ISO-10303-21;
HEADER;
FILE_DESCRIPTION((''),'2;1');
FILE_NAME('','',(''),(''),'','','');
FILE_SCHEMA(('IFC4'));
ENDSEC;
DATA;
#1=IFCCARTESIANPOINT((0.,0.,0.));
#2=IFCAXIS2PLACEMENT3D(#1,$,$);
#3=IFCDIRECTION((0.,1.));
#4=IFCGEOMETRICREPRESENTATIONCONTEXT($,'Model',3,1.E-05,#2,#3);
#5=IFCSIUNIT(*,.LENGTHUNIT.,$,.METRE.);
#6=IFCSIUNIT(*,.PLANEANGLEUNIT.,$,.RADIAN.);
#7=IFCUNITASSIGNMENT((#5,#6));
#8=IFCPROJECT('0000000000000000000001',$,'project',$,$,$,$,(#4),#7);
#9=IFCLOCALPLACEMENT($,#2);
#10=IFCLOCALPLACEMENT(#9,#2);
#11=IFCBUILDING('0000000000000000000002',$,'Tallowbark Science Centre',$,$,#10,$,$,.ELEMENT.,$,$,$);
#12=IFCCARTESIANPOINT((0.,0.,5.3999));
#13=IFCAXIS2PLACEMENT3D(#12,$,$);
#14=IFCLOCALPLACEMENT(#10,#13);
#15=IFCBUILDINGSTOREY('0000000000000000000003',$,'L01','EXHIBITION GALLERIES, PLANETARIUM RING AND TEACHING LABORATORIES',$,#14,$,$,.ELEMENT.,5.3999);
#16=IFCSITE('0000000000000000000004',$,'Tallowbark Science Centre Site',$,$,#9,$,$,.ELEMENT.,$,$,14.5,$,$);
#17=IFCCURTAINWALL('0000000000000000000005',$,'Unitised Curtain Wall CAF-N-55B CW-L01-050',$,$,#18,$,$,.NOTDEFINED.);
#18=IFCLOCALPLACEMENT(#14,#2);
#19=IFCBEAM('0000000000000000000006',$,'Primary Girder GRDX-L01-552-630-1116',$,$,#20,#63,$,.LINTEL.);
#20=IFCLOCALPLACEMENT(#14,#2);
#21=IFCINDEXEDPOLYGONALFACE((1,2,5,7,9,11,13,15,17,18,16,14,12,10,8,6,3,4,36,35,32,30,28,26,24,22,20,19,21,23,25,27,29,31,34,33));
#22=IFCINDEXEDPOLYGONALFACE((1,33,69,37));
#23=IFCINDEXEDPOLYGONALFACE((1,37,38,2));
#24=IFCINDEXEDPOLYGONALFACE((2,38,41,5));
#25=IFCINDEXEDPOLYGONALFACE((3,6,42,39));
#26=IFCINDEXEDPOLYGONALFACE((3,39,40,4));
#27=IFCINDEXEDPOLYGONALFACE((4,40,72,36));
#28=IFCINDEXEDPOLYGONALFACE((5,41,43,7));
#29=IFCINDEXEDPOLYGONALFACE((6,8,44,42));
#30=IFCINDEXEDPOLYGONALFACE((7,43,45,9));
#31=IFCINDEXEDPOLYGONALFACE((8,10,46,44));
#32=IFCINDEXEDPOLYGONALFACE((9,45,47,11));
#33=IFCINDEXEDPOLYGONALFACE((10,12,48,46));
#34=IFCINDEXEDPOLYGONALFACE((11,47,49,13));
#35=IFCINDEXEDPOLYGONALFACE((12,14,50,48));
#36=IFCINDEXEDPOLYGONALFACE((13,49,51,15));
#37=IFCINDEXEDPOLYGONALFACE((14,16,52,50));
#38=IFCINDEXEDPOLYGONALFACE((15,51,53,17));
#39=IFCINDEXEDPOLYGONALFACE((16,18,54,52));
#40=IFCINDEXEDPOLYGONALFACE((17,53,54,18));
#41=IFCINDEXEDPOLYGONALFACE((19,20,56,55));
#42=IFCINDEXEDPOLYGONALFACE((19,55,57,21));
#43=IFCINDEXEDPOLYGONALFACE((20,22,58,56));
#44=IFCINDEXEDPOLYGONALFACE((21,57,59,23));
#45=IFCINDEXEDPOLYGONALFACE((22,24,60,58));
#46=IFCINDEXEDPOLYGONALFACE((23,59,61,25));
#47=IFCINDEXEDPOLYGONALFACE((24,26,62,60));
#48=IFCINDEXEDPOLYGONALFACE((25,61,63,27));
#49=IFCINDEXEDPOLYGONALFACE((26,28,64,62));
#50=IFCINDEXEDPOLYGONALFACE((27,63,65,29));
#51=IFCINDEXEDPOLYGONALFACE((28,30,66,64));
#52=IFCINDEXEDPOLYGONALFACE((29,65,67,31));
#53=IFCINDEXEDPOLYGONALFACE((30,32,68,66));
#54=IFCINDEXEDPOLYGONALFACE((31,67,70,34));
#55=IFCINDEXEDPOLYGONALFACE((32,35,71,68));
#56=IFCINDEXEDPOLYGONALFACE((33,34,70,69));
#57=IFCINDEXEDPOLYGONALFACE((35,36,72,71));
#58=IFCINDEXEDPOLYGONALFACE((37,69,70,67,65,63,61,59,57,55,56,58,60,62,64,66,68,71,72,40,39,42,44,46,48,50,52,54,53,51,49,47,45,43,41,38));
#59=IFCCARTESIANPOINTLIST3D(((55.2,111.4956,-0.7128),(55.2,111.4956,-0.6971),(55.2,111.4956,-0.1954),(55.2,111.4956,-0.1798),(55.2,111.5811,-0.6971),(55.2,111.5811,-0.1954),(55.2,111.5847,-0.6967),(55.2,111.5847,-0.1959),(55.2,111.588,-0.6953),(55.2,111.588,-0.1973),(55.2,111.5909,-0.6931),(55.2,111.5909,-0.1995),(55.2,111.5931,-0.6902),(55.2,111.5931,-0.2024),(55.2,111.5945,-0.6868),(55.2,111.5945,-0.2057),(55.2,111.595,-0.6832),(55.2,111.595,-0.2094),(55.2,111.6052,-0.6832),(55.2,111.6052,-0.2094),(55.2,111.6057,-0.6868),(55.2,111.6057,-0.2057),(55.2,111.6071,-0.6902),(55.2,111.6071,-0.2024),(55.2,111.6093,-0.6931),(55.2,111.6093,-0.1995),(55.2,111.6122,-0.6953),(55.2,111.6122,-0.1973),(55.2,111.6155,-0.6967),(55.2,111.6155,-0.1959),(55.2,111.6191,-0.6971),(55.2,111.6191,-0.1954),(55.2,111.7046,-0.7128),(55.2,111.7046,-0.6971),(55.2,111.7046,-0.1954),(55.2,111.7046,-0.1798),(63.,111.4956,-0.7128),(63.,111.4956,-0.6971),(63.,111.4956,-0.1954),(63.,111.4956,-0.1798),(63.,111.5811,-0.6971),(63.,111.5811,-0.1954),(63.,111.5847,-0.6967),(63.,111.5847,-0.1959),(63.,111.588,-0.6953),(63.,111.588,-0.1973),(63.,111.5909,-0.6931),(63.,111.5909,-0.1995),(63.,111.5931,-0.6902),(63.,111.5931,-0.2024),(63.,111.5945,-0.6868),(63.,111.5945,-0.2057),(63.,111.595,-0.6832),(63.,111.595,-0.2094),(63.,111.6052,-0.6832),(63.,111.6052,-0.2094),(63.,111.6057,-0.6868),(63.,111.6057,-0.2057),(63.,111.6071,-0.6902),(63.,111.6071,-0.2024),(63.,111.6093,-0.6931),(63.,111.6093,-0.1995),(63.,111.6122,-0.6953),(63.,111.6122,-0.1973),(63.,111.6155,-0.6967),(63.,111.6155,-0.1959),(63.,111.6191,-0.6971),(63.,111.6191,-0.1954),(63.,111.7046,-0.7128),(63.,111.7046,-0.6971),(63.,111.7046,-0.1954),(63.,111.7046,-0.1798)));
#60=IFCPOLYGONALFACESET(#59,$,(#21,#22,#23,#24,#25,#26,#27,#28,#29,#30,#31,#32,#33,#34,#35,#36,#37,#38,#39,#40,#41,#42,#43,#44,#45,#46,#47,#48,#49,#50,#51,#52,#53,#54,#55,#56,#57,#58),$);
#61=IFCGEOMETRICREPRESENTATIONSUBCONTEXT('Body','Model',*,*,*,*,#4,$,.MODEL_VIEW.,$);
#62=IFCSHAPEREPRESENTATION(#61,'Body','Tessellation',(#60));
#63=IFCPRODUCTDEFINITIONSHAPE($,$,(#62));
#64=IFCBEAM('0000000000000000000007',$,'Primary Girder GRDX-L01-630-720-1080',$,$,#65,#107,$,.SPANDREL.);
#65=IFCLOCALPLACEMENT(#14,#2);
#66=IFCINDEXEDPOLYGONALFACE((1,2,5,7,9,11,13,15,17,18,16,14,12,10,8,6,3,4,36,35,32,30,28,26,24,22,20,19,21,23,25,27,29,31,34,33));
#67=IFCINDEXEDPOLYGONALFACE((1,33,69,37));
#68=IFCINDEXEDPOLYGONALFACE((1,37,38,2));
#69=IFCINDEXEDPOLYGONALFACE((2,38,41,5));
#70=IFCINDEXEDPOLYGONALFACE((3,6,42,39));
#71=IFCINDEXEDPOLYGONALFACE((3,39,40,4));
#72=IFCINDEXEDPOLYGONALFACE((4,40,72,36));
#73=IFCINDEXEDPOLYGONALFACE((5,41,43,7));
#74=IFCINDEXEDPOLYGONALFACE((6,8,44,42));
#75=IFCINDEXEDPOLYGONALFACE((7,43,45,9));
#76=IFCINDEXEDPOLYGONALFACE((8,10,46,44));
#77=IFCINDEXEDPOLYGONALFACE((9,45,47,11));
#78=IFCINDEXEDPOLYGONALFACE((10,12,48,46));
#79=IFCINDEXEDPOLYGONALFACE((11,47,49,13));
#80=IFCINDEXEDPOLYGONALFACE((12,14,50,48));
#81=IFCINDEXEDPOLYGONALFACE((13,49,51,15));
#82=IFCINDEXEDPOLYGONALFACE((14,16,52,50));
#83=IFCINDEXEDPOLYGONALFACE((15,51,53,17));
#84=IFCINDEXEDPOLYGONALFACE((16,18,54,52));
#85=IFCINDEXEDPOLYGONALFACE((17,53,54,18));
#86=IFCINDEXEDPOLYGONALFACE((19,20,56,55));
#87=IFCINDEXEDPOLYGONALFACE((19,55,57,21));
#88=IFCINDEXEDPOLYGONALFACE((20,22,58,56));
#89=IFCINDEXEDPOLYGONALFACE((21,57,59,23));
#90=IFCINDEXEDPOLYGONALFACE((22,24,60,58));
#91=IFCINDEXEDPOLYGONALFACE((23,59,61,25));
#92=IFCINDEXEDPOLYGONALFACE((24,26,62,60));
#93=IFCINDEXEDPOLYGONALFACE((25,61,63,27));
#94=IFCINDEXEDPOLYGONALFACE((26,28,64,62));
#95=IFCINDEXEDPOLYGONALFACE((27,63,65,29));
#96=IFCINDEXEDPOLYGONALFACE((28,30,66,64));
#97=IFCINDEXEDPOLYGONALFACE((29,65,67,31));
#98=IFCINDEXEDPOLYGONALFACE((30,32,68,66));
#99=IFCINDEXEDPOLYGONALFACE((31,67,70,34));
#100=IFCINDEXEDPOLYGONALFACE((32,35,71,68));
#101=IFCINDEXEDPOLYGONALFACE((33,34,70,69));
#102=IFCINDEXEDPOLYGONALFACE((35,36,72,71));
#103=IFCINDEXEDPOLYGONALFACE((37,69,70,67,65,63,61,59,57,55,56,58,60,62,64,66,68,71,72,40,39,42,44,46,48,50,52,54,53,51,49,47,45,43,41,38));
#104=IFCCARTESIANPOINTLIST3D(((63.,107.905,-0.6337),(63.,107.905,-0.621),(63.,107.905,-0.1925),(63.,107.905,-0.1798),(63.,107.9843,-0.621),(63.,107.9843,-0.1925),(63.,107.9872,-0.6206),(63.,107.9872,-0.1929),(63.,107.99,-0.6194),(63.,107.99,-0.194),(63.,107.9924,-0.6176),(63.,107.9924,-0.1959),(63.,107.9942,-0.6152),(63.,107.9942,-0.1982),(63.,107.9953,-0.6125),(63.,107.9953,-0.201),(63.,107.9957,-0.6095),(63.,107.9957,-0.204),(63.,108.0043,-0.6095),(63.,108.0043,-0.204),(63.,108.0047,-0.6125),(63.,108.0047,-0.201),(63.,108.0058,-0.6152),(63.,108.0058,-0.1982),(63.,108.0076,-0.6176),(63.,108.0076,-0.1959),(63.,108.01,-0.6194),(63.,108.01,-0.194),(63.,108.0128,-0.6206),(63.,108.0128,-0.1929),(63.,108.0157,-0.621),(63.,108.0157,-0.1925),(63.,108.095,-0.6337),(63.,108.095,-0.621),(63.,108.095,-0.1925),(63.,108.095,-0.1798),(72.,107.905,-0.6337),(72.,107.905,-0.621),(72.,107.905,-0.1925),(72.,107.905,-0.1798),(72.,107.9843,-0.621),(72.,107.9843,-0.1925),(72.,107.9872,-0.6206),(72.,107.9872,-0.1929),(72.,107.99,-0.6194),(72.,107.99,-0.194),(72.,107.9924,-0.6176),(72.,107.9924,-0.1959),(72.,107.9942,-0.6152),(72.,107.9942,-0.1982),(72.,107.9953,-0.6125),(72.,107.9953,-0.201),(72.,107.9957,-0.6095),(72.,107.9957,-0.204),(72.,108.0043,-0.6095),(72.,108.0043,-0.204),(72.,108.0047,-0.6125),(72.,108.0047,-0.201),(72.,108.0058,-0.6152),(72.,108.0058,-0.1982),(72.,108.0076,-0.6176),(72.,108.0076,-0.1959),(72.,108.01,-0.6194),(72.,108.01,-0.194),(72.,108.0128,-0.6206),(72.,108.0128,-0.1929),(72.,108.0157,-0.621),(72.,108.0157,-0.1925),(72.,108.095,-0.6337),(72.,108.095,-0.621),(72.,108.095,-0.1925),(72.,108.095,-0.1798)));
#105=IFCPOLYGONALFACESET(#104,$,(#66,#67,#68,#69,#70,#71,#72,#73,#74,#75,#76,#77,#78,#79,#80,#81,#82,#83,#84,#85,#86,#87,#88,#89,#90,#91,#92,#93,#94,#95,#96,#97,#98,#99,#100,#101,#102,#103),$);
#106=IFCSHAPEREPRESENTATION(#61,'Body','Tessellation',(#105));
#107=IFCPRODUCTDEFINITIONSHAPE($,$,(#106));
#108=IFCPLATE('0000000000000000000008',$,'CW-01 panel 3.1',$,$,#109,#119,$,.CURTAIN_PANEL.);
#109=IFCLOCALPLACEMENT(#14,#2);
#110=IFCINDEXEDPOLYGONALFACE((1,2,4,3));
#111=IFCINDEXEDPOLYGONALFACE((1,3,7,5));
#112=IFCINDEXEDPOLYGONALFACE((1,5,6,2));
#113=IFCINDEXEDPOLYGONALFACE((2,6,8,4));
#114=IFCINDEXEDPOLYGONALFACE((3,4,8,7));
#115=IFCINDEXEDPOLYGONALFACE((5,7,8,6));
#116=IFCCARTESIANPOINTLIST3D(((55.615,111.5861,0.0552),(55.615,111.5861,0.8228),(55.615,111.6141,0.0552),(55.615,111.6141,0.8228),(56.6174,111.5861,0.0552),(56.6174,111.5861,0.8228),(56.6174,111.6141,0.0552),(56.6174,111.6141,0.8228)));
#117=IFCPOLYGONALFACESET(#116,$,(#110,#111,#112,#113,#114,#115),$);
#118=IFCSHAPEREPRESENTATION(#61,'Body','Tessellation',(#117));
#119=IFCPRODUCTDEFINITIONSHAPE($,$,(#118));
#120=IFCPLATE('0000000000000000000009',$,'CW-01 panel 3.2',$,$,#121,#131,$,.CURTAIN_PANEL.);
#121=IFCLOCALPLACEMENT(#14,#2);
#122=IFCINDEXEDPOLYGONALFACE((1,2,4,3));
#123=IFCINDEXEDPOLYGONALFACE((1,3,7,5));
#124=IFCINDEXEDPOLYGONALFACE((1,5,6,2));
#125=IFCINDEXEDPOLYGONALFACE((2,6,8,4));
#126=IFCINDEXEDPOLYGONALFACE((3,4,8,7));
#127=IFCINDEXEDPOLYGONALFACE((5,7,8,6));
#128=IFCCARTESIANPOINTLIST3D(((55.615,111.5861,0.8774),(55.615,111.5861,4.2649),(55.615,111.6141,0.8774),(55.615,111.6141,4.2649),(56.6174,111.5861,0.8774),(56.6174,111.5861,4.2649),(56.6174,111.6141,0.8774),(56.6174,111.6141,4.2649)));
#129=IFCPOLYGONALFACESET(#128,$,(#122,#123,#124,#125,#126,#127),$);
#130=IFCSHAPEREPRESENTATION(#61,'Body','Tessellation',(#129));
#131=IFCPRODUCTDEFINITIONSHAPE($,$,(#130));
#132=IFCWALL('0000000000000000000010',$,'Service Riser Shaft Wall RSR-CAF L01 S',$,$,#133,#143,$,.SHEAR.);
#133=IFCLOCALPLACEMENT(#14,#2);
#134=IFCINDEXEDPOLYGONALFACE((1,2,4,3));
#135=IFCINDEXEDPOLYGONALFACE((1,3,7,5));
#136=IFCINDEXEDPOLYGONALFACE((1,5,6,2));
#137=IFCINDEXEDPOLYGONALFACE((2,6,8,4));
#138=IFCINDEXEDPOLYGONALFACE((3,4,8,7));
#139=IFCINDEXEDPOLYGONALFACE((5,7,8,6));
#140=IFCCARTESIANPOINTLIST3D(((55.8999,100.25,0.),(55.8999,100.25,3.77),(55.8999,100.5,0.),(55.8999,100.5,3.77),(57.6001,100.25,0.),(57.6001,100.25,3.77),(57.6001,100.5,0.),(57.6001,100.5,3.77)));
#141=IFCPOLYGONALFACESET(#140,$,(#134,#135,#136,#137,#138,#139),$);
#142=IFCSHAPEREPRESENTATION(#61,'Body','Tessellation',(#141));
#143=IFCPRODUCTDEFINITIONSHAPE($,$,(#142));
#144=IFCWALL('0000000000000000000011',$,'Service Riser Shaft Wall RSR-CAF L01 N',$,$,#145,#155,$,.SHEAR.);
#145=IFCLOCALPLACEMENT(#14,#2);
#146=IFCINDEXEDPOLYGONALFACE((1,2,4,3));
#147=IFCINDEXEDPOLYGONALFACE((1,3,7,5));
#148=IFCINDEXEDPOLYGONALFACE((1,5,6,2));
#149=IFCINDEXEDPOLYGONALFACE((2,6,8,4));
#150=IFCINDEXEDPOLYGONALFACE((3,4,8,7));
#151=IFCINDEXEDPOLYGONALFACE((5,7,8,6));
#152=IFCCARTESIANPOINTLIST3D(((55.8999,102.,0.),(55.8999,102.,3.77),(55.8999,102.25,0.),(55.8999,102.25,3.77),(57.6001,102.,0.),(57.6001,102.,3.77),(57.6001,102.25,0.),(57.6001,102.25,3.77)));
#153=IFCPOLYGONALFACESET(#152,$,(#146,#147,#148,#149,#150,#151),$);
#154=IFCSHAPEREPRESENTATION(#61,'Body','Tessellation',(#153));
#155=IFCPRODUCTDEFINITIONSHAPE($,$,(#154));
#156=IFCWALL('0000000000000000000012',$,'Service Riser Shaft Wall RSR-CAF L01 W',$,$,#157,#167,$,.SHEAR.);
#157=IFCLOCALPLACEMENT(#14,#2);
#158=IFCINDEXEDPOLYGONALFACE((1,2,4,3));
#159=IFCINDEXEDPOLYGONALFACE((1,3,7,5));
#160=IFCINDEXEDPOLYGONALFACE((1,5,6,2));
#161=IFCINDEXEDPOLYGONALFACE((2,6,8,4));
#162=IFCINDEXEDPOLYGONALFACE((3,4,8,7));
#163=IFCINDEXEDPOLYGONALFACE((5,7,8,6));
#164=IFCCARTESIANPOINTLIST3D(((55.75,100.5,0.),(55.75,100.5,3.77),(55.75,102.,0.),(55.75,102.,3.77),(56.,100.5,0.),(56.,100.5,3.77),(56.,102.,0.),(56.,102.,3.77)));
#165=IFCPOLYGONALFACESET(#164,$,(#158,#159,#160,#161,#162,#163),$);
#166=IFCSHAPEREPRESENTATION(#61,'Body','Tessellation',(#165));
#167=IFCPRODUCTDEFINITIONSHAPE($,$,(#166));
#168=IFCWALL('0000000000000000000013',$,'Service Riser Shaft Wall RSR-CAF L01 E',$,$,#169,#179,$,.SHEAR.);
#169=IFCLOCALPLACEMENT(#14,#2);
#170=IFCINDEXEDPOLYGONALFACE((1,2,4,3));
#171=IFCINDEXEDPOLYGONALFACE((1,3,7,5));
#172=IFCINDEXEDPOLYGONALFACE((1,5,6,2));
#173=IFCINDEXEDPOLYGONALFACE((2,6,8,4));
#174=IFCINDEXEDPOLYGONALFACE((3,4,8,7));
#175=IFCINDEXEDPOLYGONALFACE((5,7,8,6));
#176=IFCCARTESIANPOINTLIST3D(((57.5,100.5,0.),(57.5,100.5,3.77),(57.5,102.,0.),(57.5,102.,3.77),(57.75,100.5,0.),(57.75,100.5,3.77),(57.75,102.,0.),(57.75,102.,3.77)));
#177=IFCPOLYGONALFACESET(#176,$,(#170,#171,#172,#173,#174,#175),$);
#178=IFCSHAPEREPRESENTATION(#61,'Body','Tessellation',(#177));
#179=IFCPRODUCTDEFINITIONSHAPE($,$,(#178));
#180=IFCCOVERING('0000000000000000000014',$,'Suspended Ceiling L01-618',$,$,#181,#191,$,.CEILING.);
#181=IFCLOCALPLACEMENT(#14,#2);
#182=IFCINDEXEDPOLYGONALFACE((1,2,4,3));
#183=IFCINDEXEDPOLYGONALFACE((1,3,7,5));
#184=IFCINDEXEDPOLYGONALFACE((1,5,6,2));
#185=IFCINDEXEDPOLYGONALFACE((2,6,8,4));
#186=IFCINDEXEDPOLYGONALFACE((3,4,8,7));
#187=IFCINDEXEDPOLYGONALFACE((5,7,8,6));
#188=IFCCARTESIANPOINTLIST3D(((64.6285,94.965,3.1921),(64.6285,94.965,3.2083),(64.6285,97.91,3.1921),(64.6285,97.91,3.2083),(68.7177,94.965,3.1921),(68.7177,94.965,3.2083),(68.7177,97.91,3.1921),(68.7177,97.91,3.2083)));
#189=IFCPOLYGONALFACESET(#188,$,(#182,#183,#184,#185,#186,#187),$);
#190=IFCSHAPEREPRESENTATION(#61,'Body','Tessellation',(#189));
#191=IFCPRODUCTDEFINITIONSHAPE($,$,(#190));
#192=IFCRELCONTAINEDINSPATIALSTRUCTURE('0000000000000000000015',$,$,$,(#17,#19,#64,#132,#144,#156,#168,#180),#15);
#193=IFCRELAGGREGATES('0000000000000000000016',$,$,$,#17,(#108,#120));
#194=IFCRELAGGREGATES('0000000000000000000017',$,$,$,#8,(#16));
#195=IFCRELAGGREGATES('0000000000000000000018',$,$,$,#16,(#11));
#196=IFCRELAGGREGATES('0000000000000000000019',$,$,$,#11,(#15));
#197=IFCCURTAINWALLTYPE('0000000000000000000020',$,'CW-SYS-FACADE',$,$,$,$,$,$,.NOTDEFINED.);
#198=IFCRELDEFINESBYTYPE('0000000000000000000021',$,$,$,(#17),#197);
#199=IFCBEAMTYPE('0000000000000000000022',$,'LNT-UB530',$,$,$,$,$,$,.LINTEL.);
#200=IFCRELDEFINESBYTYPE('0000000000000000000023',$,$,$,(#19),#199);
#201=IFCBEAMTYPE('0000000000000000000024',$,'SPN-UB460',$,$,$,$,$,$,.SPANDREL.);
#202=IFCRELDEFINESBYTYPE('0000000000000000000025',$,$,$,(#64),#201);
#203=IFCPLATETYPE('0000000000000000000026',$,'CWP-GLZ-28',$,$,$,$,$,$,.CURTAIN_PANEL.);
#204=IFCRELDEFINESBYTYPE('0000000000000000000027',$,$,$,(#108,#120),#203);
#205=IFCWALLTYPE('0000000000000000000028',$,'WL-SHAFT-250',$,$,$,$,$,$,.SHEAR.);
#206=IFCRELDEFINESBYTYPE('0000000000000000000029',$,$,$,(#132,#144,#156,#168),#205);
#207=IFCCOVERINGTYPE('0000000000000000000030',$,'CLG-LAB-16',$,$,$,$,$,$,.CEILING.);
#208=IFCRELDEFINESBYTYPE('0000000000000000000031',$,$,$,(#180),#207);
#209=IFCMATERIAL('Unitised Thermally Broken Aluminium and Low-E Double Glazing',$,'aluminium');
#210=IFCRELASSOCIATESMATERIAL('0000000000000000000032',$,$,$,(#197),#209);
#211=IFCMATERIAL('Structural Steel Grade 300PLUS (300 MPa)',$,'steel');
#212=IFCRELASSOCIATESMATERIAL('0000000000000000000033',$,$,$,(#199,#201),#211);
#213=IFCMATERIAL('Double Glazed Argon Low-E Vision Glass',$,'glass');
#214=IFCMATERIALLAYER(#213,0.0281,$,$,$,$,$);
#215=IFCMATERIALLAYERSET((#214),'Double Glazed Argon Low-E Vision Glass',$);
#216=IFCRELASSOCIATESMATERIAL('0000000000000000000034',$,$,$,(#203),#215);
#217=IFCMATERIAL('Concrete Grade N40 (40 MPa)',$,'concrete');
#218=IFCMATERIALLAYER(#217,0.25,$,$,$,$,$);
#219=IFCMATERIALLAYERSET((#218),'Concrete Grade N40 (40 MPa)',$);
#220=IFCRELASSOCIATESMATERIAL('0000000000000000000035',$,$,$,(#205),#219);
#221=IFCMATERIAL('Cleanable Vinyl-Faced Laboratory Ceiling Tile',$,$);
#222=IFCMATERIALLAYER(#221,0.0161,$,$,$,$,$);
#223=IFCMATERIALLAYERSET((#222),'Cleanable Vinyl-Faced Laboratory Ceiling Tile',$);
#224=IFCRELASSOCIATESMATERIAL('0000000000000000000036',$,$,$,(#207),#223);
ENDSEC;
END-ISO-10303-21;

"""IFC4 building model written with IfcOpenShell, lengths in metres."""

from ifc_helpers import new_model, si_unit, direction, frame, frame_2d, origin, origin_2d, place, context, subcontext, project, spatial, rectangle, i_section, extrude, material, layer, layer_set, material_profile, profile_set, type_object, element, aggregate, save


model = new_model("IFC4")

# Units and contexts
model_context = context("Model", 3, precision=1e-05, world=origin(), true_north=direction((0.0, 1.0)))
body_context = subcontext(model_context, "Body", "Model", "MODEL_VIEW")
ifc_project = project(units=[si_unit("LENGTHUNIT", "METRE"), si_unit("PLANEANGLEUNIT", "RADIAN")], contexts=[model_context])

# Site, building, storey
site_placement = place(None, origin())
site = spatial("IfcSite", under=ifc_project, at=site_placement, Name="Tallowbark Science Centre Site", CompositionType="ELEMENT", RefElevation=14.5)
building_placement = place(site_placement, origin())
building = spatial("IfcBuilding", under=site, at=building_placement, Name="Tallowbark Science Centre", CompositionType="ELEMENT")
storey_placement = place(building_placement, frame((0.0, 0.0, 5.3999)))
storey = spatial("IfcBuildingStorey", under=building, at=storey_placement, Name="L01", Description="EXHIBITION GALLERIES, PLANETARIUM RING AND TEACHING LABORATORIES", CompositionType="ELEMENT", Elevation=5.3999)

# Shared definitions
ifc_material_1 = material(Name="Structural Steel Grade 300PLUS (300 MPa)", Category="steel")

# Curtain wall
ifc_material_2 = material(Name="Unitised Thermally Broken Aluminium and Low-E Double Glazing", Category="aluminium")
curtain_wall_type = type_object("IfcCurtainWallType", Name="CW-SYS-FACADE", PredefinedType="NOTDEFINED", material=ifc_material_2)
curtain_wall_placement = place(storey_placement, origin())
curtain_wall = element("IfcCurtainWall", 1, at=curtain_wall_placement, inside=storey, type_object=curtain_wall_type, Name="Unitised Curtain Wall CAF-N-55B CW-L01-050", PredefinedType="NOTDEFINED")

# Beams
ifc_material_profile_1 = material_profile(ifc_material_1, i_section(OverallWidth=0.209, OverallDepth=0.533, WebThickness=0.0103, FlangeThickness=0.0156, FilletRadius=0.0139, at=origin_2d()), Name="530UB92.4")
ifc_profile_set_1 = profile_set([ifc_material_profile_1], Name="Structural Steel Grade 300PLUS (300 MPa)")
beam_type_1 = type_object("IfcBeamType", Name="LNT-UB530", PredefinedType="LINTEL", material=ifc_profile_set_1)
beam_1_placement = place(storey_placement, frame((55.2, 111.6001, -0.4463), z_axis=(1.0, 0.0, 0.0), x_axis=(0.0, 1.0, 0.0)))
element("IfcBeam", 2, at=beam_1_placement, inside=storey, type_object=beam_type_1, Name="Primary Girder GRDX-L01-552-630-1116", PredefinedType="LINTEL", context=body_context, shape_type="SweptSolid", body=[
    extrude(i_section(OverallWidth=0.209, OverallDepth=0.533, WebThickness=0.0103, FlangeThickness=0.0156, FilletRadius=0.0139, at=origin_2d()), origin(), (0.0, 0.0, 1.0), 7.8),
])
ifc_material_profile_2 = material_profile(ifc_material_1, i_section(OverallWidth=0.1899, OverallDepth=0.4539, WebThickness=0.0085, FlangeThickness=0.0127, FilletRadius=0.0115, at=origin_2d()), Name="460UB67.1")
ifc_profile_set_2 = profile_set([ifc_material_profile_2], Name="Structural Steel Grade 300PLUS (300 MPa)")
beam_type_2 = type_object("IfcBeamType", Name="SPN-UB460", PredefinedType="SPANDREL", material=ifc_profile_set_2)
beam_2_placement = place(storey_placement, frame((63.0, 108.0, -0.4067), z_axis=(1.0, 0.0, 0.0), x_axis=(0.0, 1.0, 0.0)))
element("IfcBeam", 3, at=beam_2_placement, inside=storey, type_object=beam_type_2, Name="Primary Girder GRDX-L01-630-720-1080", PredefinedType="SPANDREL", context=body_context, shape_type="SweptSolid", body=[
    extrude(i_section(OverallWidth=0.1899, OverallDepth=0.4539, WebThickness=0.0085, FlangeThickness=0.0127, FilletRadius=0.0115, at=origin_2d()), origin(), (0.0, 0.0, 1.0), 9.0),
])

# Plates
ifc_material_3 = material(Name="Double Glazed Argon Low-E Vision Glass", Category="glass")
ifc_layer_1 = layer(ifc_material_3, 0.0281)
ifc_layer_set_1 = layer_set([ifc_layer_1], Name="Double Glazed Argon Low-E Vision Glass")
plate_type = type_object("IfcPlateType", Name="CWP-GLZ-28", PredefinedType="CURTAIN_PANEL", material=ifc_layer_set_1)
plate_1_placement = place(storey_placement, frame((56.1162, 111.6001, 0.0552), z_axis=(0.0, 0.0, 1.0), x_axis=(-1.0, 0.0, 0.0)))
plate_1 = element("IfcPlate", 4, at=plate_1_placement, type_object=plate_type, Name="CW-01 panel 3.1", PredefinedType="CURTAIN_PANEL", context=body_context, shape_type="SweptSolid", body=[
    extrude(rectangle(XDim=1.0024, YDim=0.0281, at=origin_2d()), origin(), (0.0, 0.0, 1.0), 0.7676),
])
plate_2_placement = place(storey_placement, frame((56.1162, 111.6001, 0.8774), z_axis=(0.0, 0.0, 1.0), x_axis=(-1.0, 0.0, 0.0)))
plate_2 = element("IfcPlate", 5, at=plate_2_placement, type_object=plate_type, Name="CW-01 panel 3.2", PredefinedType="CURTAIN_PANEL", context=body_context, shape_type="SweptSolid", body=[
    extrude(rectangle(XDim=1.0024, YDim=0.0281, at=origin_2d()), origin(), (0.0, 0.0, 1.0), 3.3875),
])
aggregate(curtain_wall, [plate_1, plate_2])

# Walls
ifc_material_4 = material(Name="Concrete Grade N40 (40 MPa)", Category="concrete")
ifc_layer_2 = layer(ifc_material_4, 0.25)
ifc_layer_set_2 = layer_set([ifc_layer_2], Name="Concrete Grade N40 (40 MPa)")
wall_type = type_object("IfcWallType", Name="WL-SHAFT-250", PredefinedType="SHEAR", material=ifc_layer_set_2)
for number, where, z_axis, x_axis, name in (
    (6, (55.8999, 100.375, 0.0), (0.0, 0.0, 1.0), (1.0, 0.0, 0.0), "Service Riser Shaft Wall RSR-CAF L01 S"),
    (7, (55.8999, 102.125, 0.0), (0.0, 0.0, 1.0), (1.0, 0.0, 0.0), "Service Riser Shaft Wall RSR-CAF L01 N"),
):
    element("IfcWall", number, at=place(storey_placement, frame(where, z_axis=z_axis, x_axis=x_axis)), inside=storey, type_object=wall_type, Name=name, PredefinedType="SHEAR", context=body_context, shape_type="SweptSolid", body=[
        extrude(rectangle(XDim=1.7002, YDim=0.25, at=frame_2d((0.8501, 0.0))), origin(), (0.0, 0.0, 1.0), 3.77),
    ])
for number, where, z_axis, x_axis, name in (
    (8, (55.875, 100.5, 0.0), (0.0, 0.0, 1.0), (0.0, 1.0, 0.0), "Service Riser Shaft Wall RSR-CAF L01 W"),
    (9, (57.625, 100.5, 0.0), (0.0, 0.0, 1.0), (0.0, 1.0, 0.0), "Service Riser Shaft Wall RSR-CAF L01 E"),
):
    element("IfcWall", number, at=place(storey_placement, frame(where, z_axis=z_axis, x_axis=x_axis)), inside=storey, type_object=wall_type, Name=name, PredefinedType="SHEAR", context=body_context, shape_type="SweptSolid", body=[
        extrude(rectangle(XDim=1.5, YDim=0.25, at=frame_2d((0.75, 0.0))), origin(), (0.0, 0.0, 1.0), 3.77),
    ])

# Covering
ifc_material_5 = material(Name="Cleanable Vinyl-Faced Laboratory Ceiling Tile")
ifc_layer_3 = layer(ifc_material_5, 0.0161)
ifc_layer_set_3 = layer_set([ifc_layer_3], Name="Cleanable Vinyl-Faced Laboratory Ceiling Tile")
covering_type_1 = type_object("IfcCoveringType", Name="CLG-LAB-16", PredefinedType="CEILING", material=ifc_layer_set_3)
covering_1_placement = place(storey_placement, frame((66.6731, 96.4375, 3.1921), z_axis=(0.0, 0.0, 1.0), x_axis=(1.0, 0.0, 0.0)))
element("IfcCovering", 10, at=covering_1_placement, inside=storey, type_object=covering_type_1, Name="Suspended Ceiling L01-618", PredefinedType="CEILING", context=body_context, shape_type="SweptSolid", body=[
    extrude(rectangle(XDim=4.0891, YDim=2.9451, at=origin_2d()), origin(), (0.0, 0.0, 1.0), 0.0161),
])

save(model, "model.ifc")
